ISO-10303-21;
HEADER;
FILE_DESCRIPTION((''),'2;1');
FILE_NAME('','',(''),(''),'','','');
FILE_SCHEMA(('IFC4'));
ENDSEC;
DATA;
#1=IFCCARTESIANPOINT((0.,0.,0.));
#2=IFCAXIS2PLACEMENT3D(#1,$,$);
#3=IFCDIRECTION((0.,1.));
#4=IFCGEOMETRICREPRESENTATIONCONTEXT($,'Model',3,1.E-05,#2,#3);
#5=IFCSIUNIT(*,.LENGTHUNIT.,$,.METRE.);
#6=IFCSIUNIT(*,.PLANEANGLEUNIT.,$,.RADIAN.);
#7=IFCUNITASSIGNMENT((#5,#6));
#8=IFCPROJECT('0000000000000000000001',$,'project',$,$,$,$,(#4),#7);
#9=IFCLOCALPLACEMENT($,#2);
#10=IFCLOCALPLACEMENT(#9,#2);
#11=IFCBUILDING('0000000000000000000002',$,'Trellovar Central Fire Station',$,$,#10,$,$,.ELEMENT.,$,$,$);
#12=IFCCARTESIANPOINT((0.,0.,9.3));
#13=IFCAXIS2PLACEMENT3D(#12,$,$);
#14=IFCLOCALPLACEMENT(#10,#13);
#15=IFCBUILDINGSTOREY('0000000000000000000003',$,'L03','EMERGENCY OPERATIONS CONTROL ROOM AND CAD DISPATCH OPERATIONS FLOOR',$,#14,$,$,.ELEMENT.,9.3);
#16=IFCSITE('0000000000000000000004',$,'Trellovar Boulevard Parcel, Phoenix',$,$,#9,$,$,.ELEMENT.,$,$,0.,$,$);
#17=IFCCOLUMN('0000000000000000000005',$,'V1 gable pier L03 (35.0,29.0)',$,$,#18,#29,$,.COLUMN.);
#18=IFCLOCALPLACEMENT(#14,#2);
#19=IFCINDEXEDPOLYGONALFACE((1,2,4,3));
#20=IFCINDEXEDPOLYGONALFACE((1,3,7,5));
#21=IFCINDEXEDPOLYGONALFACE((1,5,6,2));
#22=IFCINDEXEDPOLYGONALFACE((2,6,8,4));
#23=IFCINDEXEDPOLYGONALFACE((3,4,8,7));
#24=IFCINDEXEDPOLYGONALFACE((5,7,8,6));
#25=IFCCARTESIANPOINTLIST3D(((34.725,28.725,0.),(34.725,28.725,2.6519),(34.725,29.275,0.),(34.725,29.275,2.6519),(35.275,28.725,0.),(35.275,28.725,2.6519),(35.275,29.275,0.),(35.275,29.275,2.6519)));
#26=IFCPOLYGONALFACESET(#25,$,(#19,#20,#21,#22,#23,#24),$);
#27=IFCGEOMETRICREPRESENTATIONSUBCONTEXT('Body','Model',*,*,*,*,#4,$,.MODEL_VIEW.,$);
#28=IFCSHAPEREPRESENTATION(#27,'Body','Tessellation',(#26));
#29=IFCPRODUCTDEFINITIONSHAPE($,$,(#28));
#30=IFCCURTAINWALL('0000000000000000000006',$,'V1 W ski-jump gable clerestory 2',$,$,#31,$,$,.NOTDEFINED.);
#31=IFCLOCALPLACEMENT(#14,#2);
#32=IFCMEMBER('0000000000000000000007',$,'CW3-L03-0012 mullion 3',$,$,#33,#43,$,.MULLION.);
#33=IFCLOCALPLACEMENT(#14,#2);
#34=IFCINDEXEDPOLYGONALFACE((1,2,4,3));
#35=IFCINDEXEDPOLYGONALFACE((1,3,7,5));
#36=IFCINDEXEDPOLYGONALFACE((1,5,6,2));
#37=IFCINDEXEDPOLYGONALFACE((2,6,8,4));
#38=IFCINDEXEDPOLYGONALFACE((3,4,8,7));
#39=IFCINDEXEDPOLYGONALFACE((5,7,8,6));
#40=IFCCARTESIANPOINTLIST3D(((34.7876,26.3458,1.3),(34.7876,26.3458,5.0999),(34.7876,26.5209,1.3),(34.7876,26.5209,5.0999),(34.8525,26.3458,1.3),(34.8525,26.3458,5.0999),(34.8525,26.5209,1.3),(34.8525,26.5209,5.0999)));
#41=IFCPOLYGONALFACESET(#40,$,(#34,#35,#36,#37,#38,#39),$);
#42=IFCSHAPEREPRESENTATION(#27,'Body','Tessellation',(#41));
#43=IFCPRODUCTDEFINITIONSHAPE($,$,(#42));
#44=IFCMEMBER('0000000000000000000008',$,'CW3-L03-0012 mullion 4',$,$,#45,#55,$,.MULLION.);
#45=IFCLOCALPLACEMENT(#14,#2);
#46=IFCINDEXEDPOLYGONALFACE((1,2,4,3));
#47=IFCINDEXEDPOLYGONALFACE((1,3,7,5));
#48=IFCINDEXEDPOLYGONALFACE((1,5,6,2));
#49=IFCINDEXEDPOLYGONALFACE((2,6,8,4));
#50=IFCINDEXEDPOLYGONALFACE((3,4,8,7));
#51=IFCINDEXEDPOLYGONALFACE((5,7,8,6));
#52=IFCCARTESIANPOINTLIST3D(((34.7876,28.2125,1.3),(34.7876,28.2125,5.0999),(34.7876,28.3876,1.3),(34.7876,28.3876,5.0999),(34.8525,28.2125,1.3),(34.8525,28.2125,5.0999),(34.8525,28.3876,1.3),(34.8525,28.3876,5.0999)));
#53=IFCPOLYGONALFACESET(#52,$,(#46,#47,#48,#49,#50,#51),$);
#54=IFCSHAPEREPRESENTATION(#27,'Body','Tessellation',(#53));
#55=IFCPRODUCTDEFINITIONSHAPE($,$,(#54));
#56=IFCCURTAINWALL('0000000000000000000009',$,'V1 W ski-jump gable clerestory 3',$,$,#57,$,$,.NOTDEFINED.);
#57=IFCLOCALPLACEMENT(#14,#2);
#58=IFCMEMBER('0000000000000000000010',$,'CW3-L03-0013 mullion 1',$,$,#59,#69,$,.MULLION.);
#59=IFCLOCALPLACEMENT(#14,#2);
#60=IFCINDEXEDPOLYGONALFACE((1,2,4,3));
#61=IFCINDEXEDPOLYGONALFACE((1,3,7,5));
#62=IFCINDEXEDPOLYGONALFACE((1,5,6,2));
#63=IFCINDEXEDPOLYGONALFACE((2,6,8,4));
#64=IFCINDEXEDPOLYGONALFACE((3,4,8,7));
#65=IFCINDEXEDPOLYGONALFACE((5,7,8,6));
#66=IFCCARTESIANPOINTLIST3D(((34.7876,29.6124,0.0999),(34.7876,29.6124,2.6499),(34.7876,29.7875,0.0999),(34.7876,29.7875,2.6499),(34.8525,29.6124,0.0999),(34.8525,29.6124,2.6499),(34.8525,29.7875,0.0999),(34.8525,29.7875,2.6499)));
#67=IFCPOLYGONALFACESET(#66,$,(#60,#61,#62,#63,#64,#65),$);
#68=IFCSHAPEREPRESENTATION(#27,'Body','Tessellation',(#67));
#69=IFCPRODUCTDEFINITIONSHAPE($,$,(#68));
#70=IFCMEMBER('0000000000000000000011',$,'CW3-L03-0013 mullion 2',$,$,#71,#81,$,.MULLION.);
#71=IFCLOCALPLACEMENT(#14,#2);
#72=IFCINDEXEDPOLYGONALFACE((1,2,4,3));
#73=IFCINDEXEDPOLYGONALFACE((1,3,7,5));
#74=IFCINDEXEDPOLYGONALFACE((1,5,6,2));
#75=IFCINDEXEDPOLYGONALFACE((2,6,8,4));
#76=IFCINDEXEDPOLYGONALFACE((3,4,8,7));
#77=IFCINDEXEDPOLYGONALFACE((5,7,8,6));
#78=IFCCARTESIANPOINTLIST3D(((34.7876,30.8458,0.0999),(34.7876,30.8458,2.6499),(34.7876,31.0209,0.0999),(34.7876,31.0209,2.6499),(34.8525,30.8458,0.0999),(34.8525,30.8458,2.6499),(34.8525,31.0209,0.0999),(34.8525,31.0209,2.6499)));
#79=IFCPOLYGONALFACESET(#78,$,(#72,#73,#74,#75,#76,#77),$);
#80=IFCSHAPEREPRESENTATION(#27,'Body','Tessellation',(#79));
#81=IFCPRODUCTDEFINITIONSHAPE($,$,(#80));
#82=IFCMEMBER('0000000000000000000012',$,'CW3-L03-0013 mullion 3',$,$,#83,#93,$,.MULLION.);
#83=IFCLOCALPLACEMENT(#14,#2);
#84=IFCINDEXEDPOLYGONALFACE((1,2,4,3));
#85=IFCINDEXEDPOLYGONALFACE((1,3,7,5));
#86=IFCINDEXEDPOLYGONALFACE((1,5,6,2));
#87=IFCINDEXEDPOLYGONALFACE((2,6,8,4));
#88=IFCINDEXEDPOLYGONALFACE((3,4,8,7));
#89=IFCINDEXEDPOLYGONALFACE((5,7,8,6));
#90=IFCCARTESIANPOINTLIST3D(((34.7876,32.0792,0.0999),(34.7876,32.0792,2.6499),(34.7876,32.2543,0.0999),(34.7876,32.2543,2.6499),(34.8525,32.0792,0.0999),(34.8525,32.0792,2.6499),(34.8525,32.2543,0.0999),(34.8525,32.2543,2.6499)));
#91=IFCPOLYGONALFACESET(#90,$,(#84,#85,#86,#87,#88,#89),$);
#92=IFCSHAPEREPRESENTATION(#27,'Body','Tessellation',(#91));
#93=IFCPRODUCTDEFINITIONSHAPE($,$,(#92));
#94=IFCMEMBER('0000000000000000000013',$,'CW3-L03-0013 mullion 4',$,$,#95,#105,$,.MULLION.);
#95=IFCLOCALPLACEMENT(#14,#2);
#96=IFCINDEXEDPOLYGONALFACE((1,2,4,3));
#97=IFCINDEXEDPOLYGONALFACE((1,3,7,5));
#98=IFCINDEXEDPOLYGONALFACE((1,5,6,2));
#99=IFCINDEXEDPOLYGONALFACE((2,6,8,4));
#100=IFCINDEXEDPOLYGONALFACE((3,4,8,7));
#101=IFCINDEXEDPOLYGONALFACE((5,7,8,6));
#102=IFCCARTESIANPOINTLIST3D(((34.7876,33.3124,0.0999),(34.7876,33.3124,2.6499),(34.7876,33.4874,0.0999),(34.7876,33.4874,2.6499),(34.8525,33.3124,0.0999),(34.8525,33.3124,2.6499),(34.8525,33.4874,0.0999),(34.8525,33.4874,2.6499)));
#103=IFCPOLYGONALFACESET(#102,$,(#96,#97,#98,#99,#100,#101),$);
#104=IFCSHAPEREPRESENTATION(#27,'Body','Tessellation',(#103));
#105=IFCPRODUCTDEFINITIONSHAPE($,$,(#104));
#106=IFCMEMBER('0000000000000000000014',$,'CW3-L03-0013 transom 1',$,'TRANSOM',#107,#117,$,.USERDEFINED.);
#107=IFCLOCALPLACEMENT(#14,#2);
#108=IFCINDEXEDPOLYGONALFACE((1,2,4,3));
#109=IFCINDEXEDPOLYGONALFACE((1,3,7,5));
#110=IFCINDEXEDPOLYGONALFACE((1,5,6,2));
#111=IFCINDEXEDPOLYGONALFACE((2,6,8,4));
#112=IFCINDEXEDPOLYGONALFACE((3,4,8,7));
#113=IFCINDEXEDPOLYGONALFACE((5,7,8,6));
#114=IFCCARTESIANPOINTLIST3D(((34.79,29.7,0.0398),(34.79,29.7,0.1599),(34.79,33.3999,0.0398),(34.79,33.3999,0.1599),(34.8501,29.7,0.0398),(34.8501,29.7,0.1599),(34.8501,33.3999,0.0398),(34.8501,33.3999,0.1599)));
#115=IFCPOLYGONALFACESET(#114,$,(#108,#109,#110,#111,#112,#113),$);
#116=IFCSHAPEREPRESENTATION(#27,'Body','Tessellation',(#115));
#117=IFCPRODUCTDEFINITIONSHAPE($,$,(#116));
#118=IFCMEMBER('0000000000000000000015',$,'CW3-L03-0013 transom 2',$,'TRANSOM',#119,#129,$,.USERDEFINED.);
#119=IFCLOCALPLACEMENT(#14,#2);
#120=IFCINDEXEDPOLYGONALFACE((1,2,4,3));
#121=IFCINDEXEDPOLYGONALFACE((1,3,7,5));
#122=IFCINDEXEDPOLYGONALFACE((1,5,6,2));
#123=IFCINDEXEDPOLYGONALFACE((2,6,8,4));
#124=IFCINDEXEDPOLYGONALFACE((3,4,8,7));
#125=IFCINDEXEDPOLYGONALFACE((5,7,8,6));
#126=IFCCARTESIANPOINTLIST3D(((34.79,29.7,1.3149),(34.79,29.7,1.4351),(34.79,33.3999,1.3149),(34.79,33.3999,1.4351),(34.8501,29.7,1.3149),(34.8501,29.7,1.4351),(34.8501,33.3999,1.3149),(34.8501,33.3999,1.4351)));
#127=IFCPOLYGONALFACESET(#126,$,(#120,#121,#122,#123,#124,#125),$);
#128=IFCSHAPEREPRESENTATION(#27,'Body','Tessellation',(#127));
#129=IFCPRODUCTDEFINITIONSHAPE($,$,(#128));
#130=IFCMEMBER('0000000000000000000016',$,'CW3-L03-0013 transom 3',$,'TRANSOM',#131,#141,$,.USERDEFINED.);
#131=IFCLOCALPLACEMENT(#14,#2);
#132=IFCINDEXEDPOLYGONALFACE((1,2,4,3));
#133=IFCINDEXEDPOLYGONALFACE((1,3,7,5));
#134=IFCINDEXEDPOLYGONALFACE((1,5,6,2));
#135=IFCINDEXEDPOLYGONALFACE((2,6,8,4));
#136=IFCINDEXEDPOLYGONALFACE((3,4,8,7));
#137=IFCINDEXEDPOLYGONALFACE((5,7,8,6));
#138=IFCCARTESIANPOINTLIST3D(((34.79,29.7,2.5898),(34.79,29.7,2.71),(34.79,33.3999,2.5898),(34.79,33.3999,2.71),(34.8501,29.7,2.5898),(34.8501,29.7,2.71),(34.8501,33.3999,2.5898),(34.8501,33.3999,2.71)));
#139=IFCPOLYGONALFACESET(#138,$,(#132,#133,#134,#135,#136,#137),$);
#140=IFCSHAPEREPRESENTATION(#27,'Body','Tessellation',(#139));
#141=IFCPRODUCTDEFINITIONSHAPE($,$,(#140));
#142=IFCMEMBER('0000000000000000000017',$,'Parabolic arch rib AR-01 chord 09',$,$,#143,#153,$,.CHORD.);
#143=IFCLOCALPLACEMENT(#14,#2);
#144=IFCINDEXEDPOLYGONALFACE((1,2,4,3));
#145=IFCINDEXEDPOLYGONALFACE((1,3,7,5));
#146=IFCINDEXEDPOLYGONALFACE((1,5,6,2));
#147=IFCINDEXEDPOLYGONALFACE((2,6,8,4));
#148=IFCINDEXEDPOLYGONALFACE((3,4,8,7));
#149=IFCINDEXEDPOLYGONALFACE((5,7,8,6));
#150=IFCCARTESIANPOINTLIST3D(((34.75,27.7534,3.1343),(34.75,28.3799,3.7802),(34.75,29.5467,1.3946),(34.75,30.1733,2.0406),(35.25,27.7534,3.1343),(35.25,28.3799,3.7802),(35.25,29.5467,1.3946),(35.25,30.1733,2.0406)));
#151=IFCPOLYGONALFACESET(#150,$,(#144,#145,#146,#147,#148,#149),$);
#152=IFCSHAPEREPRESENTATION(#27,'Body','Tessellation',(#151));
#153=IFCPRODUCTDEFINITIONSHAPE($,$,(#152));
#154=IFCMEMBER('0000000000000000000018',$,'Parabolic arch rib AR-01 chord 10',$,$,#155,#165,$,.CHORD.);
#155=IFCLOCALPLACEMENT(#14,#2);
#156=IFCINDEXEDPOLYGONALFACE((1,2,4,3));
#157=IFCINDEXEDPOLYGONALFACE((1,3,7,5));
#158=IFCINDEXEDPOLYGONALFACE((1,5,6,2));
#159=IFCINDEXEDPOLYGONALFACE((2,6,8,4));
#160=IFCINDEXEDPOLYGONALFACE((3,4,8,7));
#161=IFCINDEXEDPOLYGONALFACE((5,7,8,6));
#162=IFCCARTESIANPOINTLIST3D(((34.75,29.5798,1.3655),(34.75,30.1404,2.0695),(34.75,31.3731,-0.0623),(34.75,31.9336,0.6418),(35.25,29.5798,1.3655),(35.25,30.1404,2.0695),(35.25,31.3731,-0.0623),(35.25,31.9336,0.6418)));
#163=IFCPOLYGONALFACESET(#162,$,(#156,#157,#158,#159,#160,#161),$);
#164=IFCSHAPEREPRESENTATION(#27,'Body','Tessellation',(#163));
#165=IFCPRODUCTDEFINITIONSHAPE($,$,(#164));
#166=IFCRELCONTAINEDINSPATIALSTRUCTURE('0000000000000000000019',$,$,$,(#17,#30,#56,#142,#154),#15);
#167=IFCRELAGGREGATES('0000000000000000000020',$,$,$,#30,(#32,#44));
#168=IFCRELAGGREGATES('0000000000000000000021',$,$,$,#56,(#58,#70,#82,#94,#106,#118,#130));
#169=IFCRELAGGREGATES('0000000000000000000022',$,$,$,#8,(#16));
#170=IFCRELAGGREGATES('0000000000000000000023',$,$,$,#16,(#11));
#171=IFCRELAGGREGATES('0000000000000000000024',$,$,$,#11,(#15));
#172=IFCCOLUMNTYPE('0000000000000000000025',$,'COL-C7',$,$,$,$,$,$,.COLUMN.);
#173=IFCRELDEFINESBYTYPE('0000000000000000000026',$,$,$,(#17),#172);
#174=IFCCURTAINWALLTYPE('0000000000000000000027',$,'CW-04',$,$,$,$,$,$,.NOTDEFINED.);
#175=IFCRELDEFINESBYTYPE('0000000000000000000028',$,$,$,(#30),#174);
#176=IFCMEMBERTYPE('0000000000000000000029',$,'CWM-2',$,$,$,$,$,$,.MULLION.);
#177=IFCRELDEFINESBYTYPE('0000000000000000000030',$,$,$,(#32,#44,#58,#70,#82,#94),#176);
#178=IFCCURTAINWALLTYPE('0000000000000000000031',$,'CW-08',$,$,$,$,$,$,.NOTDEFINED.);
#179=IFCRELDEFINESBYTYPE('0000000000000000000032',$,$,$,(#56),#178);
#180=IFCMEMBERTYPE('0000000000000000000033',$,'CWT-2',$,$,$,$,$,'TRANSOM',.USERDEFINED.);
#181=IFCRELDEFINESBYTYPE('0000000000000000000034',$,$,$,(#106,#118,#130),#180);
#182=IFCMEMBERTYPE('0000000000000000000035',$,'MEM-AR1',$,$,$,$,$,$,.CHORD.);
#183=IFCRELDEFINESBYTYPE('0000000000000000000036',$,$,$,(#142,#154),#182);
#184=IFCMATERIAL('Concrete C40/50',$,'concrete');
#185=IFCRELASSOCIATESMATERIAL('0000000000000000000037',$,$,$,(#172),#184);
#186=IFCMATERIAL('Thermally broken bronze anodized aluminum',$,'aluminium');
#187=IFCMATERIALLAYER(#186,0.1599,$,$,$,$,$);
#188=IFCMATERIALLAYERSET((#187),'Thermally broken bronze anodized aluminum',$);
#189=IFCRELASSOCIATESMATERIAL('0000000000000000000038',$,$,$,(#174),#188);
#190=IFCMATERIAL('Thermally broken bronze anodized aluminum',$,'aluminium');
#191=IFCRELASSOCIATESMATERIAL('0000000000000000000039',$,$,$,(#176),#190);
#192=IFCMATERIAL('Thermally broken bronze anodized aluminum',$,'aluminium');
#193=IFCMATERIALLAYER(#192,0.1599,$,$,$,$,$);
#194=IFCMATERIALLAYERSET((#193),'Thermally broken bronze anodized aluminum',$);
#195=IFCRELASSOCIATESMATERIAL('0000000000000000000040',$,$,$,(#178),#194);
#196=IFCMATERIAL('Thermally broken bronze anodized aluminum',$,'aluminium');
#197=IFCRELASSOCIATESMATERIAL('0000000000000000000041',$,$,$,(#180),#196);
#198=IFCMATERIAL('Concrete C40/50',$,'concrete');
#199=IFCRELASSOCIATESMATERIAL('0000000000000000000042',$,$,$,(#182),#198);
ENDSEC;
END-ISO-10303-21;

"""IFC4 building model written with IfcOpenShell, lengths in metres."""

from ifc_helpers import new_model, si_unit, direction, frame, origin, origin_2d, place, context, subcontext, project, spatial, rectangle, extrude, material, layer, layer_set, material_profile, profile_set, type_object, element, aggregate, save


model = new_model("IFC4")

# Units and contexts
model_context = context("Model", 3, precision=1e-05, world=origin(), true_north=direction((0.0, 1.0)))
body_context = subcontext(model_context, "Body", "Model", "MODEL_VIEW")
ifc_project = project(units=[si_unit("LENGTHUNIT", "METRE"), si_unit("PLANEANGLEUNIT", "RADIAN")], contexts=[model_context])

# Site, building, storey
site_placement = place(None, origin())
site = spatial("IfcSite", under=ifc_project, at=site_placement, Name="Trellovar Boulevard Parcel, Phoenix", CompositionType="ELEMENT", RefElevation=0.0)
building_placement = place(site_placement, origin())
building = spatial("IfcBuilding", under=site, at=building_placement, Name="Trellovar Central Fire Station", CompositionType="ELEMENT")
storey_placement = place(building_placement, frame((0.0, 0.0, 9.3)))
storey = spatial("IfcBuildingStorey", under=building, at=storey_placement, Name="L03", Description="EMERGENCY OPERATIONS CONTROL ROOM AND CAD DISPATCH OPERATIONS FLOOR", CompositionType="ELEMENT", Elevation=9.3)

# Column
ifc_material_1 = material(Name="Concrete C40/50", Category="concrete")
ifc_material_profile_1 = material_profile(ifc_material_1, rectangle(XDim=0.55, YDim=0.55, at=origin_2d()), Name="RC550X550")
ifc_profile_set_1 = profile_set([ifc_material_profile_1], Name="Concrete C40/50")
column_type = type_object("IfcColumnType", Name="COL-C7", PredefinedType="COLUMN", material=ifc_profile_set_1)
column_placement = place(storey_placement, frame((35.0, 29.0, 0.0), z_axis=(0.0, 0.0, 1.0), x_axis=(1.0, 0.0, 0.0)))
element("IfcColumn", 1, at=column_placement, inside=storey, type_object=column_type, Name="V1 gable pier L03 (35.0,29.0)", PredefinedType="COLUMN", context=body_context, shape_type="SweptSolid", body=[
    extrude(rectangle(XDim=0.55, YDim=0.55, at=origin_2d()), origin(), (0.0, 0.0, 1.0), 2.6519),
])

# Curtain walls, members
ifc_material_2 = material(Name="Thermally broken bronze anodized aluminum", Category="aluminium")
ifc_layer_1 = layer(ifc_material_2, 0.1599)
ifc_layer_set_1 = layer_set([ifc_layer_1], Name="Thermally broken bronze anodized aluminum")
curtain_wall_type_1 = type_object("IfcCurtainWallType", Name="CW-04", PredefinedType="NOTDEFINED", material=ifc_layer_set_1)
curtain_wall_1_placement = place(storey_placement, origin())
curtain_wall_1 = element("IfcCurtainWall", 2, at=curtain_wall_1_placement, inside=storey, type_object=curtain_wall_type_1, Name="V1 W ski-jump gable clerestory 2", PredefinedType="NOTDEFINED")
ifc_material_3 = material(Name="Thermally broken bronze anodized aluminum", Category="aluminium")
ifc_material_profile_2 = material_profile(ifc_material_3, rectangle(XDim=0.0649, YDim=0.175, at=origin_2d()), Name="ALU65X175")
ifc_profile_set_2 = profile_set([ifc_material_profile_2], Name="Thermally broken bronze anodized aluminum")
member_type_1 = type_object("IfcMemberType", Name="CWM-2", PredefinedType="MULLION", material=ifc_profile_set_2)
member_1_placement = place(storey_placement, frame((34.8201, 26.4333, 1.3), z_axis=(0.0, 0.0, 1.0), x_axis=(1.0, 0.0, 0.0)))
member_1 = element("IfcMember", 3, at=member_1_placement, type_object=member_type_1, Name="CW3-L03-0012 mullion 3", PredefinedType="MULLION", context=body_context, shape_type="SweptSolid", body=[
    extrude(rectangle(XDim=0.0649, YDim=0.175, at=origin_2d()), origin(), (0.0, 0.0, 1.0), 3.7998),
])
member_2_placement = place(storey_placement, frame((34.8201, 28.3, 1.3), z_axis=(0.0, 0.0, 1.0), x_axis=(1.0, 0.0, 0.0)))
member_2 = element("IfcMember", 4, at=member_2_placement, type_object=member_type_1, Name="CW3-L03-0012 mullion 4", PredefinedType="MULLION", context=body_context, shape_type="SweptSolid", body=[
    extrude(rectangle(XDim=0.0649, YDim=0.175, at=origin_2d()), origin(), (0.0, 0.0, 1.0), 3.7998),
])
ifc_material_4 = material(Name="Thermally broken bronze anodized aluminum", Category="aluminium")
ifc_layer_2 = layer(ifc_material_4, 0.1599)
ifc_layer_set_2 = layer_set([ifc_layer_2], Name="Thermally broken bronze anodized aluminum")
curtain_wall_type_2 = type_object("IfcCurtainWallType", Name="CW-08", PredefinedType="NOTDEFINED", material=ifc_layer_set_2)
curtain_wall_2_placement = place(storey_placement, origin())
curtain_wall_2 = element("IfcCurtainWall", 5, at=curtain_wall_2_placement, inside=storey, type_object=curtain_wall_type_2, Name="V1 W ski-jump gable clerestory 3", PredefinedType="NOTDEFINED")
member_3_placement = place(storey_placement, frame((34.8201, 29.7, 0.0999), z_axis=(0.0, 0.0, 1.0), x_axis=(1.0, 0.0, 0.0)))
member_3 = element("IfcMember", 6, at=member_3_placement, type_object=member_type_1, Name="CW3-L03-0013 mullion 1", PredefinedType="MULLION", context=body_context, shape_type="SweptSolid", body=[
    extrude(rectangle(XDim=0.0649, YDim=0.175, at=origin_2d()), origin(), (0.0, 0.0, 1.0), 2.55),
])
member_4_placement = place(storey_placement, frame((34.8201, 30.9333, 0.0999), z_axis=(0.0, 0.0, 1.0), x_axis=(1.0, 0.0, 0.0)))
member_4 = element("IfcMember", 7, at=member_4_placement, type_object=member_type_1, Name="CW3-L03-0013 mullion 2", PredefinedType="MULLION", context=body_context, shape_type="SweptSolid", body=[
    extrude(rectangle(XDim=0.0649, YDim=0.175, at=origin_2d()), origin(), (0.0, 0.0, 1.0), 2.55),
])
member_5_placement = place(storey_placement, frame((34.8201, 32.1667, 0.0999), z_axis=(0.0, 0.0, 1.0), x_axis=(1.0, 0.0, 0.0)))
member_5 = element("IfcMember", 8, at=member_5_placement, type_object=member_type_1, Name="CW3-L03-0013 mullion 3", PredefinedType="MULLION", context=body_context, shape_type="SweptSolid", body=[
    extrude(rectangle(XDim=0.0649, YDim=0.175, at=origin_2d()), origin(), (0.0, 0.0, 1.0), 2.55),
])
member_6_placement = place(storey_placement, frame((34.8201, 33.3999, 0.0999), z_axis=(0.0, 0.0, 1.0), x_axis=(1.0, 0.0, 0.0)))
member_6 = element("IfcMember", 9, at=member_6_placement, type_object=member_type_1, Name="CW3-L03-0013 mullion 4", PredefinedType="MULLION", context=body_context, shape_type="SweptSolid", body=[
    extrude(rectangle(XDim=0.0649, YDim=0.175, at=origin_2d()), origin(), (0.0, 0.0, 1.0), 2.55),
])
ifc_material_5 = material(Name="Thermally broken bronze anodized aluminum", Category="aluminium")
ifc_material_profile_3 = material_profile(ifc_material_5, rectangle(XDim=0.0601, YDim=0.1201, at=origin_2d()), Name="ALU60X120")
ifc_profile_set_3 = profile_set([ifc_material_profile_3], Name="Thermally broken bronze anodized aluminum")
member_type_2 = type_object("IfcMemberType", Name="CWT-2", ElementType="TRANSOM", PredefinedType="USERDEFINED", material=ifc_profile_set_3)
member_7_placement = place(storey_placement, frame((34.8201, 29.7, 0.0999), z_axis=(0.0, 1.0, 0.0), x_axis=(-1.0, 0.0, 0.0)))
member_7 = element("IfcMember", 10, at=member_7_placement, type_object=member_type_2, Name="CW3-L03-0013 transom 1", ObjectType="TRANSOM", PredefinedType="USERDEFINED", context=body_context, shape_type="SweptSolid", body=[
    extrude(rectangle(XDim=0.0601, YDim=0.1201, at=origin_2d()), origin(), (0.0, 0.0, 1.0), 3.7),
])
member_8_placement = place(storey_placement, frame((34.8201, 29.7, 1.375), z_axis=(0.0, 1.0, 0.0), x_axis=(-1.0, 0.0, 0.0)))
member_8 = element("IfcMember", 11, at=member_8_placement, type_object=member_type_2, Name="CW3-L03-0013 transom 2", ObjectType="TRANSOM", PredefinedType="USERDEFINED", context=body_context, shape_type="SweptSolid", body=[
    extrude(rectangle(XDim=0.0601, YDim=0.1201, at=origin_2d()), origin(), (0.0, 0.0, 1.0), 3.7),
])
member_9_placement = place(storey_placement, frame((34.8201, 29.7, 2.6499), z_axis=(0.0, 1.0, 0.0), x_axis=(-1.0, 0.0, 0.0)))
member_9 = element("IfcMember", 12, at=member_9_placement, type_object=member_type_2, Name="CW3-L03-0013 transom 3", ObjectType="TRANSOM", PredefinedType="USERDEFINED", context=body_context, shape_type="SweptSolid", body=[
    extrude(rectangle(XDim=0.0601, YDim=0.1201, at=origin_2d()), origin(), (0.0, 0.0, 1.0), 3.7),
])

# Members
ifc_material_6 = material(Name="Concrete C40/50", Category="concrete")
ifc_material_profile_4 = material_profile(ifc_material_6, rectangle(XDim=0.5, YDim=0.8999, at=origin_2d()), Name="RC500X900")
ifc_profile_set_4 = profile_set([ifc_material_profile_4], Name="Concrete C40/50")
member_type_3 = type_object("IfcMemberType", Name="MEM-AR1", PredefinedType="CHORD", material=ifc_profile_set_4)
member_10_placement = place(storey_placement, frame((35.0, 28.0667, 3.4573), z_axis=(0.0, 0.717773, -0.696277), x_axis=(-1.0, 0.0, 0.0)))
element("IfcMember", 13, at=member_10_placement, inside=storey, type_object=member_type_3, Name="Parabolic arch rib AR-01 chord 09", PredefinedType="CHORD", context=body_context, shape_type="SweptSolid", body=[
    extrude(rectangle(XDim=0.5, YDim=0.8999, at=origin_2d()), origin(), (0.0, 0.0, 1.0), 2.4985),
])
member_11_placement = place(storey_placement, frame((35.0, 29.8601, 1.7175), z_axis=(0.0, 0.782321, -0.622875), x_axis=(-1.0, 0.0, 0.0)))
element("IfcMember", 14, at=member_11_placement, inside=storey, type_object=member_type_3, Name="Parabolic arch rib AR-01 chord 10", PredefinedType="CHORD", context=body_context, shape_type="SweptSolid", body=[
    extrude(rectangle(XDim=0.5, YDim=0.8999, at=origin_2d()), origin(), (0.0, 0.0, 1.0), 2.2922),
])

aggregate(curtain_wall_1, [member_1, member_2])
aggregate(curtain_wall_2, [member_3, member_4, member_5, member_6, member_7, member_8, member_9])

save(model, "model.ifc")
